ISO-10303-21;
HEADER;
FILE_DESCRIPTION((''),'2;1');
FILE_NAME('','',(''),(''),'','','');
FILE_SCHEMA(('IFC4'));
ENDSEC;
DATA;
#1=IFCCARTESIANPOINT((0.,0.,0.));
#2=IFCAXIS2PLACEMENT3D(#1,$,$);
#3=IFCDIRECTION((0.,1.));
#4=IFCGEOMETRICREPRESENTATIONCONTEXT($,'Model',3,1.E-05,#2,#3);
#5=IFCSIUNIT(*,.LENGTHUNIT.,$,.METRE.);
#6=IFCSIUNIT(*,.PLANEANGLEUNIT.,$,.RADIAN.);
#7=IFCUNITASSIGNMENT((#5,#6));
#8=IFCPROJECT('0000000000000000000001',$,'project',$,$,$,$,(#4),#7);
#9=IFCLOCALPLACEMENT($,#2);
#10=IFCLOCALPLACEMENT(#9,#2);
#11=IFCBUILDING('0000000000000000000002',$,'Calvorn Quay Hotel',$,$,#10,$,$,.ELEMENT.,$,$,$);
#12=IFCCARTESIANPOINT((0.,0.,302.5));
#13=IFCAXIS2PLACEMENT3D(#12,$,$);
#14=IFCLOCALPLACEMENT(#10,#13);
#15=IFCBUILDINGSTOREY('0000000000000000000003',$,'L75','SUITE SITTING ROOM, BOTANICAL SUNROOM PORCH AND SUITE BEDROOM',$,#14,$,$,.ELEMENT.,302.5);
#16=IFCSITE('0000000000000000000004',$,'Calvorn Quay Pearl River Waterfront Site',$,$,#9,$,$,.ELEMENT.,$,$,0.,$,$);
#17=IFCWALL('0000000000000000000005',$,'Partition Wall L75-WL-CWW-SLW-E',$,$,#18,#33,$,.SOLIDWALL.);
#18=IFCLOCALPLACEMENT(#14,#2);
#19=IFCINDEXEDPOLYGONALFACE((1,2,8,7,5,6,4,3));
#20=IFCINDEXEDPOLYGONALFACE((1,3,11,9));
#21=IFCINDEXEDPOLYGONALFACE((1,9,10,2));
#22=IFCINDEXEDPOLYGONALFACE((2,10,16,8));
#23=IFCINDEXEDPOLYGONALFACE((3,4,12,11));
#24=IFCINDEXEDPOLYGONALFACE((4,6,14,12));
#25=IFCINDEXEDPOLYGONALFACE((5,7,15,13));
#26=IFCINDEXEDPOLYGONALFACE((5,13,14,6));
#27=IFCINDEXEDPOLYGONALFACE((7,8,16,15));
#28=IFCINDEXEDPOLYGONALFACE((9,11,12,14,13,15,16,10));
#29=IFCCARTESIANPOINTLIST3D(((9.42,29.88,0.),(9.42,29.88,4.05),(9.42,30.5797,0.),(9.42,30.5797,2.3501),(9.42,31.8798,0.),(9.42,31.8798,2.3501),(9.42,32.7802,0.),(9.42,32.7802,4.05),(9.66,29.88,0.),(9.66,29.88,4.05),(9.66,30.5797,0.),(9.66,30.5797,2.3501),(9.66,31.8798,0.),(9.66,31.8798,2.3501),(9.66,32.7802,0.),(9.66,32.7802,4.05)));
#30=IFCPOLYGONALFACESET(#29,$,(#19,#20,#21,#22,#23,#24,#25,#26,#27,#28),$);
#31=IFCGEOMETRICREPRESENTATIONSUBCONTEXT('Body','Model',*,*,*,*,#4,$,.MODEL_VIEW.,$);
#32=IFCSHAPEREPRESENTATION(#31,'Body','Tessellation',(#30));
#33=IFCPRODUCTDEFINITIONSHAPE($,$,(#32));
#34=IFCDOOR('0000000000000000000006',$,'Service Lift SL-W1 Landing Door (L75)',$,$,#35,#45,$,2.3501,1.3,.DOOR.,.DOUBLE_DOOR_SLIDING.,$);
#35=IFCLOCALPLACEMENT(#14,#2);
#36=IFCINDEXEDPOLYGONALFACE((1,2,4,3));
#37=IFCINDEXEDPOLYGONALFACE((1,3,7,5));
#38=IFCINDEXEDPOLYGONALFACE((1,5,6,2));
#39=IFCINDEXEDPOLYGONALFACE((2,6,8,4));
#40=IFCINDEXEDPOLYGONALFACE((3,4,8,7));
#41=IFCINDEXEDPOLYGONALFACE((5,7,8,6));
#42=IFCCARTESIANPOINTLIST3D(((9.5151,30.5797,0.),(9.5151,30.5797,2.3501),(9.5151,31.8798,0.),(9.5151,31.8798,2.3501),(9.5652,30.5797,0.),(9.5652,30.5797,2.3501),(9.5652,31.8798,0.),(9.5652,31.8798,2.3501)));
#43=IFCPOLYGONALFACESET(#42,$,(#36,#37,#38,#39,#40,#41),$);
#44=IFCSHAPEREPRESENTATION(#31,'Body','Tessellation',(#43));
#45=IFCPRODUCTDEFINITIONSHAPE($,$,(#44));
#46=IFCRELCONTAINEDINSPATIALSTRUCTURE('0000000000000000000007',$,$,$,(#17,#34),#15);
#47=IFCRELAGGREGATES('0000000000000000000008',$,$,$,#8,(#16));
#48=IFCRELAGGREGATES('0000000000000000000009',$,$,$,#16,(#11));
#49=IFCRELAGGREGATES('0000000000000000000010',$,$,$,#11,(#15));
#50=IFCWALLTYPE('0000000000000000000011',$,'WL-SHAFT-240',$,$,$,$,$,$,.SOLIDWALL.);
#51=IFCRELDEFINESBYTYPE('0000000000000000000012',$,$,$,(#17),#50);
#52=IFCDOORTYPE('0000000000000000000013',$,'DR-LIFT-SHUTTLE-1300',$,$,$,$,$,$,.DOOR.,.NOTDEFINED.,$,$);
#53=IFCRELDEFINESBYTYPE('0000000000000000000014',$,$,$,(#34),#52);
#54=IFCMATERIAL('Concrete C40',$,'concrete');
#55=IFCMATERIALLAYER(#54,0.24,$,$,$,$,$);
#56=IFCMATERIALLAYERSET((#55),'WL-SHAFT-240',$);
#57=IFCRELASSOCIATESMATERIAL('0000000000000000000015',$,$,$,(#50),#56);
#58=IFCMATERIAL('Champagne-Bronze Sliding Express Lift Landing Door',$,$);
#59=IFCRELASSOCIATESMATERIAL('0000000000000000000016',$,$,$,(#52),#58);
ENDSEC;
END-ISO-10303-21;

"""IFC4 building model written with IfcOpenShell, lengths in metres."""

from ifc_helpers import new_model, si_unit, direction, frame, frame_2d, origin, place, context, subcontext, project, spatial, rectangle, extrude, material, layer, layer_set, type_object, element, fill, save


model = new_model("IFC4")

# Units and contexts
model_context = context("Model", 3, precision=1e-05, world=origin(), true_north=direction((0.0, 1.0)))
body_context = subcontext(model_context, "Body", "Model", "MODEL_VIEW")
ifc_project = project(units=[si_unit("LENGTHUNIT", "METRE"), si_unit("PLANEANGLEUNIT", "RADIAN")], contexts=[model_context])

# Site, building, storey
site_placement = place(None, origin())
site = spatial("IfcSite", under=ifc_project, at=site_placement, Name="Calvorn Quay Pearl River Waterfront Site", CompositionType="ELEMENT", RefElevation=0.0)
building_placement = place(site_placement, origin())
building = spatial("IfcBuilding", under=site, at=building_placement, Name="Calvorn Quay Hotel", CompositionType="ELEMENT")
storey_placement = place(building_placement, frame((0.0, 0.0, 302.5)))
storey = spatial("IfcBuildingStorey", under=building, at=storey_placement, Name="L75", Description="SUITE SITTING ROOM, BOTANICAL SUNROOM PORCH AND SUITE BEDROOM", CompositionType="ELEMENT", Elevation=302.5)

# Wall, opening, door
ifc_material_1 = material(Name="Concrete C40", Category="concrete")
ifc_layer_1 = layer(ifc_material_1, 0.24)
ifc_layer_set_1 = layer_set([ifc_layer_1], Name="WL-SHAFT-240")
wall_type_1 = type_object("IfcWallType", Name="WL-SHAFT-240", PredefinedType="SOLIDWALL", material=ifc_layer_set_1)
wall_1_placement = place(storey_placement, frame((9.54, 29.8799, 0.0), z_axis=(0.0, 0.0, 1.0), x_axis=(0.0, 1.0, 0.0)))
wall_1 = element("IfcWall", 1, at=wall_1_placement, inside=storey, type_object=wall_type_1, Name="Partition Wall L75-WL-CWW-SLW-E", PredefinedType="SOLIDWALL", context=body_context, shape_type="SweptSolid", body=[
    extrude(rectangle(XDim=2.9001, YDim=0.24, at=frame_2d((1.4502, 0.0))), origin(), (0.0, 0.0, 1.0), 4.05),
])
opening_1_placement = place(wall_1_placement, frame((0.7, 0.0, 0.0)))
opening_1 = element("IfcOpeningElement", 2, at=opening_1_placement, cuts=wall_1, PredefinedType="OPENING", context=body_context, shape_type="SweptSolid", body=[
    extrude(rectangle(XDim=1.3, YDim=2.3501, at=frame_2d((0.6499, 1.175))), frame((0.0, 0.1299, 0.0), z_axis=(0.0, -1.0, 0.0), x_axis=(1.0, 0.0, 0.0)), (0.0, 0.0, 1.0), 0.26),
])
ifc_material_2 = material(Name="Champagne-Bronze Sliding Express Lift Landing Door")
door_type_1 = type_object("IfcDoorType", Name="DR-LIFT-SHUTTLE-1300", OperationType="NOTDEFINED", PredefinedType="DOOR", material=ifc_material_2)
door_1_placement = place(opening_1_placement, origin())
door_1 = element("IfcDoor", 3, at=door_1_placement, inside=storey, type_object=door_type_1, Name="Service Lift SL-W1 Landing Door (L75)", OperationType="DOUBLE_DOOR_SLIDING", OverallHeight=2.3501, OverallWidth=1.3, PredefinedType="DOOR", context=body_context, shape_type="SweptSolid", body=[
    extrude(rectangle(XDim=1.3, YDim=2.3501, at=frame_2d((0.6499, 1.175))), frame((0.0, 0.0249, 0.0), z_axis=(0.0, -1.0, 0.0), x_axis=(1.0, 0.0, 0.0)), (0.0, 0.0, 1.0), 0.05),
])
fill(opening_1, door_1)

save(model, "model.ifc")
